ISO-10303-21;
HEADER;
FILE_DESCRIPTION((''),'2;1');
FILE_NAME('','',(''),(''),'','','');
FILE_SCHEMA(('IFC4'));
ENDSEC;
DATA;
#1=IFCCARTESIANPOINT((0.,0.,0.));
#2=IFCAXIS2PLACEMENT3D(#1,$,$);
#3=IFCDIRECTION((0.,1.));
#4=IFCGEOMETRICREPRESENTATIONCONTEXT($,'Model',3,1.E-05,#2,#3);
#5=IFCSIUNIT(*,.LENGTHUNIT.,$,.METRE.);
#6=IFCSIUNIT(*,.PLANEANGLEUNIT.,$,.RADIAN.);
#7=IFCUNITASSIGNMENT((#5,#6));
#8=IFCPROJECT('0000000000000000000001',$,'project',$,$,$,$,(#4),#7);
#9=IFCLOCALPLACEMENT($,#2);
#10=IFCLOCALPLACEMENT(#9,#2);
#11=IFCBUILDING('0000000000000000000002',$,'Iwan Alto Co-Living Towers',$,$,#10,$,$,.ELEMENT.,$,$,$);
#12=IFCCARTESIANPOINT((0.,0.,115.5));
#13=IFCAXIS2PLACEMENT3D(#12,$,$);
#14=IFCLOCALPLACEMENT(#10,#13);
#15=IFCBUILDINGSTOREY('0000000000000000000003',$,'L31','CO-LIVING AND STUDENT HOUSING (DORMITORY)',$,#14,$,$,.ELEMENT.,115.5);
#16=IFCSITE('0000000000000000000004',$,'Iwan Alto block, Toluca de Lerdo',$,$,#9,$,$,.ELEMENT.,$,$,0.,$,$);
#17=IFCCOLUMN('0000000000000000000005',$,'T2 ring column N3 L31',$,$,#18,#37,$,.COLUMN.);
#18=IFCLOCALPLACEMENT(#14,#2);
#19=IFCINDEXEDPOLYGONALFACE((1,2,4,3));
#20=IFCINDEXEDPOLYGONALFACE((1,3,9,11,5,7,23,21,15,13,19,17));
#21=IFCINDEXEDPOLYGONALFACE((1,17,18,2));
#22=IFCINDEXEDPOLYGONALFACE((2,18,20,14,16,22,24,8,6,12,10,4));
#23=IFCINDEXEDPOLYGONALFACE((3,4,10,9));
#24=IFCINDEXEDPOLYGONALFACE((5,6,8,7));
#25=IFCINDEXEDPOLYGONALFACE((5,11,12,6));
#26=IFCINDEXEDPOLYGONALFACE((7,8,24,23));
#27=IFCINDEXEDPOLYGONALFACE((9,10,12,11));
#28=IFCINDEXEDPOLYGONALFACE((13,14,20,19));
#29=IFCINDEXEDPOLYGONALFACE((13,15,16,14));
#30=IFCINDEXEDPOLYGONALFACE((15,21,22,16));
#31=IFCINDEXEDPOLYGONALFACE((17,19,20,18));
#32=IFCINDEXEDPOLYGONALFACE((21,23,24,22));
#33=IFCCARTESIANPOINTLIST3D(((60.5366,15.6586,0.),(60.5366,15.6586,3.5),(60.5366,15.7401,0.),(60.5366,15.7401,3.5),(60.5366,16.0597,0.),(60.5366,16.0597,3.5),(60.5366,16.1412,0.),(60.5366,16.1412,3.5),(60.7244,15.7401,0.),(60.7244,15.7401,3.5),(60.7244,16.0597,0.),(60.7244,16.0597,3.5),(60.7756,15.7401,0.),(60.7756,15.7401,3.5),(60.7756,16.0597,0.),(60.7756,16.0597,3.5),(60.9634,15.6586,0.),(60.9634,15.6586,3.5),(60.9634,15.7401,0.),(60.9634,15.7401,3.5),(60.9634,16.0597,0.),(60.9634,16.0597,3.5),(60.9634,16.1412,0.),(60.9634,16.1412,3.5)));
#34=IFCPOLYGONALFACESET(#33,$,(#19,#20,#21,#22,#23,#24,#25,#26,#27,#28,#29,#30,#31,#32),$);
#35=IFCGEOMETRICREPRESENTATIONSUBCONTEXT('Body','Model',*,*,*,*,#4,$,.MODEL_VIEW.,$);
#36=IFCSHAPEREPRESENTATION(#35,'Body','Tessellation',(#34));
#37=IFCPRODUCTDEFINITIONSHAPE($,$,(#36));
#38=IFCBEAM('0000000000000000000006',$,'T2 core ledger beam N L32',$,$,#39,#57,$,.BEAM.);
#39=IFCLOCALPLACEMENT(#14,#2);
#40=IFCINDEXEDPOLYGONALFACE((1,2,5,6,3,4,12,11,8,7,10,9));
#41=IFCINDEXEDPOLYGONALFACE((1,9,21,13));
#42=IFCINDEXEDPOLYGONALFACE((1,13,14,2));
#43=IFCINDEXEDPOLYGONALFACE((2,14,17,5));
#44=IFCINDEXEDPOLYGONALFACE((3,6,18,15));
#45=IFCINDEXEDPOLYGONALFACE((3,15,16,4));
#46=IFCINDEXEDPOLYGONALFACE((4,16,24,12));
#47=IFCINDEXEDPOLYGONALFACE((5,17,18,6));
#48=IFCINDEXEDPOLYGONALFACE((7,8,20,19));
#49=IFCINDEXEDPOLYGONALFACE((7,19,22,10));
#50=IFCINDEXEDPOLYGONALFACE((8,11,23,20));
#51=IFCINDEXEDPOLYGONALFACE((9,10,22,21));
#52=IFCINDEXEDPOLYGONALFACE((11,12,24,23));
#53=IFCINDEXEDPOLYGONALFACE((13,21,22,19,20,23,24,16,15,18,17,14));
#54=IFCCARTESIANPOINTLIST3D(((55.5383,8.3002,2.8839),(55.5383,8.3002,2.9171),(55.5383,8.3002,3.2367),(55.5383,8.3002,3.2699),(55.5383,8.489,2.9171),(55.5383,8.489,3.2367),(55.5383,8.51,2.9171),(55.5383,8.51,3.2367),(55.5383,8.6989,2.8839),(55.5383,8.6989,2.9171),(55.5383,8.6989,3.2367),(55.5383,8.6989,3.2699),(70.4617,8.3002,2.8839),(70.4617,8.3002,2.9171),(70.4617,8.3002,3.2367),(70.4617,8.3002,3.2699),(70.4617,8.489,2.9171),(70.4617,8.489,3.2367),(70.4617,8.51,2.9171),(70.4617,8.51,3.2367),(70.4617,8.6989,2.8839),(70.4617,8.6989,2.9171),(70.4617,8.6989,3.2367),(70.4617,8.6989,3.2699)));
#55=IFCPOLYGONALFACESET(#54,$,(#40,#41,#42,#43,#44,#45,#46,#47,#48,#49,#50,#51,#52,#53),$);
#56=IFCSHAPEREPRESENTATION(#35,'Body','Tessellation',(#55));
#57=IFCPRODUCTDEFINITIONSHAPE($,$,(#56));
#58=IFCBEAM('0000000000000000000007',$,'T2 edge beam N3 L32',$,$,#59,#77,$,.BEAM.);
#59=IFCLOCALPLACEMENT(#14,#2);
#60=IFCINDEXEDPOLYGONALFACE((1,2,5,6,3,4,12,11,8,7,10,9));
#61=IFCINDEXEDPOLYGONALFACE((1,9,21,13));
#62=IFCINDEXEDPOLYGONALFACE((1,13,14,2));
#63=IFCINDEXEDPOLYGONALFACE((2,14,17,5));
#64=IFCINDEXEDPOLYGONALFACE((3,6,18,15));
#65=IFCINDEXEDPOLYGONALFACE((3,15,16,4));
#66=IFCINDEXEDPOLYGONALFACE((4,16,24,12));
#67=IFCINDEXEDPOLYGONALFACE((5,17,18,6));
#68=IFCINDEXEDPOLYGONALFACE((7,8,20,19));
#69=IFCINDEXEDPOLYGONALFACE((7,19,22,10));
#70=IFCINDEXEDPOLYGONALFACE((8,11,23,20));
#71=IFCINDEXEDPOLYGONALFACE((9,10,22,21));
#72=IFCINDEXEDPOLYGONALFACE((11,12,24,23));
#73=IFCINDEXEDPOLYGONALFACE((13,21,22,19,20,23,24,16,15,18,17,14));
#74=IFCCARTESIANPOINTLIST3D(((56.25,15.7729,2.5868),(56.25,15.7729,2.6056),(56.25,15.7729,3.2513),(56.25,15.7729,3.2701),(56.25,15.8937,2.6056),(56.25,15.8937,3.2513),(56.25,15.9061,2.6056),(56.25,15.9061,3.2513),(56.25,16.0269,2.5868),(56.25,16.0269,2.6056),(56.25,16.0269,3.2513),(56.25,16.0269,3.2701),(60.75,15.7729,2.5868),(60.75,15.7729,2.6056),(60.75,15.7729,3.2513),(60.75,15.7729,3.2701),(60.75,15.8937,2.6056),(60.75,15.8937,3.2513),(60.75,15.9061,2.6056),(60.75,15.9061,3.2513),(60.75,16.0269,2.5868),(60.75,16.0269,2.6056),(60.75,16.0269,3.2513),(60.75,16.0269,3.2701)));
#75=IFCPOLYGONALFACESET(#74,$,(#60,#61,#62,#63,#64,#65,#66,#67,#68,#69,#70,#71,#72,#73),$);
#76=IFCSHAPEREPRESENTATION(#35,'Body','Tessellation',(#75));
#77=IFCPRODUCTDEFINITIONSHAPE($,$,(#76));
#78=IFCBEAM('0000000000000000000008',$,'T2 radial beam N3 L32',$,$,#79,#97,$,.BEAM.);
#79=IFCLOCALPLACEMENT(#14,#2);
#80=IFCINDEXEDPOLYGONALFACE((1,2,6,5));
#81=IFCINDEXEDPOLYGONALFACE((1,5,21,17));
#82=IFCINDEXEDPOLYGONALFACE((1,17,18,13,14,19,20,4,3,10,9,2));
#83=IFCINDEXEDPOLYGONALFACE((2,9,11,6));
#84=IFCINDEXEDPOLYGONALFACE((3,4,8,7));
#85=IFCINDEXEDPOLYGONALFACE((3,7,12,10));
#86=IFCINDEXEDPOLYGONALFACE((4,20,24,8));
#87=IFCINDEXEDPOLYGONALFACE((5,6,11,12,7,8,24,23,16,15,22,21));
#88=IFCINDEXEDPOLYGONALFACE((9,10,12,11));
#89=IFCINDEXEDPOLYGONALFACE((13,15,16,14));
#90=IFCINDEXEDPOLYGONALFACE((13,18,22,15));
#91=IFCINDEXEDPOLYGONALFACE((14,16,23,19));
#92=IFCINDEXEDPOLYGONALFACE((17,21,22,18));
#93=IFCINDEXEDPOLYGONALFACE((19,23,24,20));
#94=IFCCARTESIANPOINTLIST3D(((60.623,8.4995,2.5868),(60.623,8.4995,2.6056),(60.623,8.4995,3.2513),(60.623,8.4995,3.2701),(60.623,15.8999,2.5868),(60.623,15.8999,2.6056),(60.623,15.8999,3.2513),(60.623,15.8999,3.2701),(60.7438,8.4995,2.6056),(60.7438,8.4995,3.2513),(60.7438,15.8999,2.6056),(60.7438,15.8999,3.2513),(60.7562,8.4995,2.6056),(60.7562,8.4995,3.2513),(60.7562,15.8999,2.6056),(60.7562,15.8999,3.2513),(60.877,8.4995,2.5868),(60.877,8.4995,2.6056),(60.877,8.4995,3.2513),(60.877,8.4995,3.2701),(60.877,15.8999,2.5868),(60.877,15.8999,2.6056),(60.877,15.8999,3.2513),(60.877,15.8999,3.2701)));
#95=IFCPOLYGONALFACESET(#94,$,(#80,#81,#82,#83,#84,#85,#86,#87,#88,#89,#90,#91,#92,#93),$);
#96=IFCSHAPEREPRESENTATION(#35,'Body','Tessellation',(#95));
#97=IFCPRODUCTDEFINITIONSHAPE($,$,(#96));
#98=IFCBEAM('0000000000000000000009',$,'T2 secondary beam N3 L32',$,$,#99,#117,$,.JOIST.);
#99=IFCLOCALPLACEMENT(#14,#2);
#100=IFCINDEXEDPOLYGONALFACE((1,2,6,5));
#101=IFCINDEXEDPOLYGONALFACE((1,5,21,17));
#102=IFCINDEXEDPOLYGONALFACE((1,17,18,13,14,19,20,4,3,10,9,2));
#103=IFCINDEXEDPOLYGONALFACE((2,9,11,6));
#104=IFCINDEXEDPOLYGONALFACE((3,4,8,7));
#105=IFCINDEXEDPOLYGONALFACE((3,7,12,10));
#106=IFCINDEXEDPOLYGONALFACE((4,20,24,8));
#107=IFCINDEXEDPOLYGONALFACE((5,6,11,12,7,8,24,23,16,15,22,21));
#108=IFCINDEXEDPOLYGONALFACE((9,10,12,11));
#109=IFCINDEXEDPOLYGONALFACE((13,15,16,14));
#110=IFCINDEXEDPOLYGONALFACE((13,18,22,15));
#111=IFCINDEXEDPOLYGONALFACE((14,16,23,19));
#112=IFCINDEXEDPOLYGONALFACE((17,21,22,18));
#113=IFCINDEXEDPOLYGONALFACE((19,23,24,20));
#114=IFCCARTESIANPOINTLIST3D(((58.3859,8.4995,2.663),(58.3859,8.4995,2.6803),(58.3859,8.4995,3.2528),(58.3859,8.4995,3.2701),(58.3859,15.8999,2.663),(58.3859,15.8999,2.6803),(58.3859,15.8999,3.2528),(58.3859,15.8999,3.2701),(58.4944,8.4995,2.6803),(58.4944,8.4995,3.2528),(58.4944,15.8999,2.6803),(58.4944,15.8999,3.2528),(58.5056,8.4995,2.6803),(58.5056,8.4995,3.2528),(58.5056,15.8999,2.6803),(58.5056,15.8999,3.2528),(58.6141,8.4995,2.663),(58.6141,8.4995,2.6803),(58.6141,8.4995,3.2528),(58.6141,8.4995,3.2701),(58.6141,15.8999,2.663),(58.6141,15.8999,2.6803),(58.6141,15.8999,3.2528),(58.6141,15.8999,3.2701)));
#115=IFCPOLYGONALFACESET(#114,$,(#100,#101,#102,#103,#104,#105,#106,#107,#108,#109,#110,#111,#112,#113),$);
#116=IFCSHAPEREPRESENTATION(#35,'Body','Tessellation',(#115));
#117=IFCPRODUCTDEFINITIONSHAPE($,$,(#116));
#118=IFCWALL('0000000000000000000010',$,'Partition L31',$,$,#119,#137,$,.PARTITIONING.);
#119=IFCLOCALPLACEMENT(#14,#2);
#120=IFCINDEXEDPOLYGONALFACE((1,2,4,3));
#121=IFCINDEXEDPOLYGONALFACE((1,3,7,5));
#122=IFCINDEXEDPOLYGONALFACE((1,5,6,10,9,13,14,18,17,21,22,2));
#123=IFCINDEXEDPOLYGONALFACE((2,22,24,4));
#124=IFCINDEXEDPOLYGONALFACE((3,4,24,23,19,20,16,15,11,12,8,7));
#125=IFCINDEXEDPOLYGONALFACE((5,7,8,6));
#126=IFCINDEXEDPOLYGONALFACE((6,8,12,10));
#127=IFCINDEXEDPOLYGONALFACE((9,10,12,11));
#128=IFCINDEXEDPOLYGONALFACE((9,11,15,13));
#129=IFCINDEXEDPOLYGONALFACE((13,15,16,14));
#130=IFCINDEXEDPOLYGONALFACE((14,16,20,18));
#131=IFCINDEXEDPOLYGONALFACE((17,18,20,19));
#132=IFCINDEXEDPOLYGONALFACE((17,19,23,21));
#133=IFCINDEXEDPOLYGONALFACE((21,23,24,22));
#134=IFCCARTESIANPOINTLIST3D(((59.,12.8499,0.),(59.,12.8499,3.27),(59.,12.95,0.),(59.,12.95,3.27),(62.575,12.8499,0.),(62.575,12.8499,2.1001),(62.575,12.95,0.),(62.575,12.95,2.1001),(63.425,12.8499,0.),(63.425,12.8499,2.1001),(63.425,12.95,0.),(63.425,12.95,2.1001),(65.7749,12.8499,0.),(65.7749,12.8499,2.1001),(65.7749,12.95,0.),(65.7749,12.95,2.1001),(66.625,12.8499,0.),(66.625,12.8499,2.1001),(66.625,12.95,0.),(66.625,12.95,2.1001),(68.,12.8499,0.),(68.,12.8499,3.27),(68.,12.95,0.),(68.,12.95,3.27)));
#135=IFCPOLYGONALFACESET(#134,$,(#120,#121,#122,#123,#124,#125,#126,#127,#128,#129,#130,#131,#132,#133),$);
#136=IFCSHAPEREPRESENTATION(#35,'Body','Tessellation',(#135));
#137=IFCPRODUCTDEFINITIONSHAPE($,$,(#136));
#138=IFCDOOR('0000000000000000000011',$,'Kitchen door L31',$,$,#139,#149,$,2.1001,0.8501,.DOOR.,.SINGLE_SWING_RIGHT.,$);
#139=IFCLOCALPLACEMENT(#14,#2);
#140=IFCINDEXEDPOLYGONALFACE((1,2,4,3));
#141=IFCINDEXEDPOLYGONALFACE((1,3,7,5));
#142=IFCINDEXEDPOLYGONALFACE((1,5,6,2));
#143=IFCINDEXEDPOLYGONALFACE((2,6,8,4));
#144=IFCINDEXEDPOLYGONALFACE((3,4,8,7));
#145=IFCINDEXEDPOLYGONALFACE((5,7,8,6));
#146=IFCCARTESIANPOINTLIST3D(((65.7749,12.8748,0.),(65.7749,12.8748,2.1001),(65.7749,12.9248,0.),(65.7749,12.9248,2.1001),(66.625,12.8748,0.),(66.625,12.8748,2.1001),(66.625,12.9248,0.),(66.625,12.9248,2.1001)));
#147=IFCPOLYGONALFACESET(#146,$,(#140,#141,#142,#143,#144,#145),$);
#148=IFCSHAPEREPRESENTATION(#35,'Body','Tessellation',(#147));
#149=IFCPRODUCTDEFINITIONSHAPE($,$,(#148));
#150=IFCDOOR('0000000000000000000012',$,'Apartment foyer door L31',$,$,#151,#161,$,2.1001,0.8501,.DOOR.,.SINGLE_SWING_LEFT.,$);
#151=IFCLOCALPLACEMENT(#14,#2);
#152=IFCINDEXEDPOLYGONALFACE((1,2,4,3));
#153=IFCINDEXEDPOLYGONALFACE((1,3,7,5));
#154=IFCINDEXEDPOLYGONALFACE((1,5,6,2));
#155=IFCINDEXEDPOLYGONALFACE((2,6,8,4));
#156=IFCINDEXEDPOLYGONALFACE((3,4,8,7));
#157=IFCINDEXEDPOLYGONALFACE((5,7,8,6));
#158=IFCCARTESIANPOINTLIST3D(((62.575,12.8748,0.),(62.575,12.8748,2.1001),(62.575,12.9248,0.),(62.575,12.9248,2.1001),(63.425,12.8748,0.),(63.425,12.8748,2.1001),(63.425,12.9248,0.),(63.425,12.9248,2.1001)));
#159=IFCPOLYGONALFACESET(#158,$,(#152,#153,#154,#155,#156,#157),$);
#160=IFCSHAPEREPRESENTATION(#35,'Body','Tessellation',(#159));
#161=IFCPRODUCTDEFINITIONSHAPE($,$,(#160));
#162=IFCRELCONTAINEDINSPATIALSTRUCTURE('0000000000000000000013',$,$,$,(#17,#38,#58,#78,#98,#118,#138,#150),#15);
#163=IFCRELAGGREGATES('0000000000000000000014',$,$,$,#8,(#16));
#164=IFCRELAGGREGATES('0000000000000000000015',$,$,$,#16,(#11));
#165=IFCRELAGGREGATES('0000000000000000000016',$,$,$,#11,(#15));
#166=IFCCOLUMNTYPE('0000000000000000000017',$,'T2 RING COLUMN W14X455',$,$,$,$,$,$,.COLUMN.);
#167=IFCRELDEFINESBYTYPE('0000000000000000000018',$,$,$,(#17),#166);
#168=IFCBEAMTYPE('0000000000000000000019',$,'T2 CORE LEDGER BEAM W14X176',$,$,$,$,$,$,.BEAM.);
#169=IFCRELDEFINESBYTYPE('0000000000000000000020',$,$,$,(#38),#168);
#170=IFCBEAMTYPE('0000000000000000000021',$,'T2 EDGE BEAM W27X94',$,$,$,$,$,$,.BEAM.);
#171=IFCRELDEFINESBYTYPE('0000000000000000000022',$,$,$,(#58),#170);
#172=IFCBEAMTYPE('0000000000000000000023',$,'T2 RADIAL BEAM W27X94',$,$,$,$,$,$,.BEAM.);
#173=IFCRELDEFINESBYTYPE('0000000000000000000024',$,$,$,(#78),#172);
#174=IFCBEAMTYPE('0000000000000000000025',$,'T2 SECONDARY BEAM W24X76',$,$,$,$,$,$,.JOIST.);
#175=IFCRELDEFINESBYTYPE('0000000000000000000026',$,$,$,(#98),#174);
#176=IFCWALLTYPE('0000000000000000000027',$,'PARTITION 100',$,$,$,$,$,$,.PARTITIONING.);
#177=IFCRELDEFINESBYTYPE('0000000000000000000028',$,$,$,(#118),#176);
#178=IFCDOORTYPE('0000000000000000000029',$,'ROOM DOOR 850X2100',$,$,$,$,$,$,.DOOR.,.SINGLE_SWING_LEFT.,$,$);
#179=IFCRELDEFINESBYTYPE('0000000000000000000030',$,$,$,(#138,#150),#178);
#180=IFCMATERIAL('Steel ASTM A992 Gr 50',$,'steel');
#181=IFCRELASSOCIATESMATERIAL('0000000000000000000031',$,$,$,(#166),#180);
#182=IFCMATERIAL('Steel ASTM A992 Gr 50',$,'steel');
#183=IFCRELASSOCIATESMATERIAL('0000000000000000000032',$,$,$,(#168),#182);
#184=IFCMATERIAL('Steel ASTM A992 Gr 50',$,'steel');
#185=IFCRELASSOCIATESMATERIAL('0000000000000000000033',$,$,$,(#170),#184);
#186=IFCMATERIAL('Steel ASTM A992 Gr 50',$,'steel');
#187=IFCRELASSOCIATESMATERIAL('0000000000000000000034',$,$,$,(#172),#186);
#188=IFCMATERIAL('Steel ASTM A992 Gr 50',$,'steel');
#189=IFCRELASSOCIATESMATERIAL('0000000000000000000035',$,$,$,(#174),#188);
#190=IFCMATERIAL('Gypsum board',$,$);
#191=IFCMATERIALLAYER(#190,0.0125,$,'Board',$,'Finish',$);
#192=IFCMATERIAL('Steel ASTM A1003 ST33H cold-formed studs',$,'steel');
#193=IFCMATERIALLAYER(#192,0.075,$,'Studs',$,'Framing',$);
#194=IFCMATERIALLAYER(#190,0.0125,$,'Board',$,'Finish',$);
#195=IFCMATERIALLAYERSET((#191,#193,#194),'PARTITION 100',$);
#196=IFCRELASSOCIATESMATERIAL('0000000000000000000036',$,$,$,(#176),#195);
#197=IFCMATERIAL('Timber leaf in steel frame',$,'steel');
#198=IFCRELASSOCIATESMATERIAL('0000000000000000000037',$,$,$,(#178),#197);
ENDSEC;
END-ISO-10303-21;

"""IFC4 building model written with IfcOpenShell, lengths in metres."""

from ifc_helpers import new_model, si_unit, direction, frame, frame_2d, origin, origin_2d, place, context, subcontext, project, spatial, rectangle, i_section, extrude, material, layer, layer_set, material_profile, profile_set, type_object, element, fill, save


model = new_model("IFC4")

# Units and contexts
model_context = context("Model", 3, precision=1e-05, world=origin(), true_north=direction((0.0, 1.0)))
body_context = subcontext(model_context, "Body", "Model", "MODEL_VIEW")
ifc_project = project(units=[si_unit("LENGTHUNIT", "METRE"), si_unit("PLANEANGLEUNIT", "RADIAN")], contexts=[model_context])

# Site, building, storey
site_placement = place(None, origin())
site = spatial("IfcSite", under=ifc_project, at=site_placement, Name="Iwan Alto block, Toluca de Lerdo", CompositionType="ELEMENT", RefElevation=0.0)
building_placement = place(site_placement, origin())
building = spatial("IfcBuilding", under=site, at=building_placement, Name="Iwan Alto Co-Living Towers", CompositionType="ELEMENT")
storey_placement = place(building_placement, frame((0.0, 0.0, 115.5)))
storey = spatial("IfcBuildingStorey", under=building, at=storey_placement, Name="L31", Description="CO-LIVING AND STUDENT HOUSING (DORMITORY)", CompositionType="ELEMENT", Elevation=115.5)

# Column
ifc_material_1 = material(Name="Steel ASTM A992 Gr 50", Category="steel")
ifc_material_profile_1 = material_profile(ifc_material_1, i_section(OverallWidth=0.4268, OverallDepth=0.4827, WebThickness=0.0513, FlangeThickness=0.0815, at=origin_2d()), Name="W14X455")
ifc_profile_set_1 = profile_set([ifc_material_profile_1], Name="Steel ASTM A992 Gr 50")
column_type = type_object("IfcColumnType", Name="T2 RING COLUMN W14X455", PredefinedType="COLUMN", material=ifc_profile_set_1)
column_placement = place(storey_placement, frame((60.75, 15.8999, 0.0), z_axis=(0.0, 0.0, 1.0), x_axis=(1.0, 0.0, 0.0)))
element("IfcColumn", 1, at=column_placement, inside=storey, type_object=column_type, Name="T2 ring column N3 L31", PredefinedType="COLUMN", context=body_context, shape_type="SweptSolid", body=[
    extrude(i_section(OverallWidth=0.4268, OverallDepth=0.4827, WebThickness=0.0513, FlangeThickness=0.0815, at=origin_2d()), origin(), (0.0, 0.0, 1.0), 3.5),
])

# Beams
ifc_material_2 = material(Name="Steel ASTM A992 Gr 50", Category="steel")
ifc_material_profile_2 = material_profile(ifc_material_2, i_section(OverallWidth=0.3987, OverallDepth=0.386, WebThickness=0.021, FlangeThickness=0.0332, at=origin_2d()), Name="W14X176")
ifc_profile_set_2 = profile_set([ifc_material_profile_2], Name="Steel ASTM A992 Gr 50")
beam_type_1 = type_object("IfcBeamType", Name="T2 CORE LEDGER BEAM W14X176", PredefinedType="BEAM", material=ifc_profile_set_2)
beam_1_placement = place(storey_placement, frame((70.4617, 8.4995, 3.0769), z_axis=(-1.0, 0.0, 0.0), x_axis=(0.0, -1.0, 0.0)))
element("IfcBeam", 2, at=beam_1_placement, inside=storey, type_object=beam_type_1, Name="T2 core ledger beam N L32", PredefinedType="BEAM", context=body_context, shape_type="SweptSolid", body=[
    extrude(i_section(OverallWidth=0.3987, OverallDepth=0.386, WebThickness=0.021, FlangeThickness=0.0332, at=origin_2d()), origin(), (0.0, 0.0, 1.0), 14.9233),
])
ifc_material_3 = material(Name="Steel ASTM A992 Gr 50", Category="steel")
ifc_material_profile_3 = material_profile(ifc_material_3, i_section(OverallWidth=0.2539, OverallDepth=0.6833, WebThickness=0.0125, FlangeThickness=0.0188, at=origin_2d()), Name="W27X94")
ifc_profile_set_3 = profile_set([ifc_material_profile_3], Name="Steel ASTM A992 Gr 50")
beam_type_2 = type_object("IfcBeamType", Name="T2 EDGE BEAM W27X94", PredefinedType="BEAM", material=ifc_profile_set_3)
beam_2_placement = place(storey_placement, frame((60.75, 15.8999, 2.9285), z_axis=(-1.0, 0.0, 0.0), x_axis=(0.0, -1.0, 0.0)))
element("IfcBeam", 3, at=beam_2_placement, inside=storey, type_object=beam_type_2, Name="T2 edge beam N3 L32", PredefinedType="BEAM", context=body_context, shape_type="SweptSolid", body=[
    extrude(i_section(OverallWidth=0.2539, OverallDepth=0.6833, WebThickness=0.0125, FlangeThickness=0.0188, at=origin_2d()), origin(), (0.0, 0.0, 1.0), 4.5),
])
ifc_material_4 = material(Name="Steel ASTM A992 Gr 50", Category="steel")
ifc_material_profile_4 = material_profile(ifc_material_4, i_section(OverallWidth=0.2539, OverallDepth=0.6833, WebThickness=0.0125, FlangeThickness=0.0188, at=origin_2d()), Name="W27X94")
ifc_profile_set_4 = profile_set([ifc_material_profile_4], Name="Steel ASTM A992 Gr 50")
beam_type_3 = type_object("IfcBeamType", Name="T2 RADIAL BEAM W27X94", PredefinedType="BEAM", material=ifc_profile_set_4)
beam_3_placement = place(storey_placement, frame((60.75, 15.8999, 2.9285), z_axis=(0.0, -1.0, 0.0), x_axis=(1.0, 0.0, 0.0)))
element("IfcBeam", 4, at=beam_3_placement, inside=storey, type_object=beam_type_3, Name="T2 radial beam N3 L32", PredefinedType="BEAM", context=body_context, shape_type="SweptSolid", body=[
    extrude(i_section(OverallWidth=0.2539, OverallDepth=0.6833, WebThickness=0.0125, FlangeThickness=0.0188, at=origin_2d()), origin(), (0.0, 0.0, 1.0), 7.4004),
])
ifc_material_5 = material(Name="Steel ASTM A992 Gr 50", Category="steel")
ifc_material_profile_5 = material_profile(ifc_material_5, i_section(OverallWidth=0.2283, OverallDepth=0.6072, WebThickness=0.0112, FlangeThickness=0.0173, at=origin_2d()), Name="W24X76")
ifc_profile_set_5 = profile_set([ifc_material_profile_5], Name="Steel ASTM A992 Gr 50")
beam_type_4 = type_object("IfcBeamType", Name="T2 SECONDARY BEAM W24X76", PredefinedType="JOIST", material=ifc_profile_set_5)
beam_4_placement = place(storey_placement, frame((58.5, 15.8999, 2.9666), z_axis=(0.0, -1.0, 0.0), x_axis=(1.0, 0.0, 0.0)))
element("IfcBeam", 5, at=beam_4_placement, inside=storey, type_object=beam_type_4, Name="T2 secondary beam N3 L32", PredefinedType="JOIST", context=body_context, shape_type="SweptSolid", body=[
    extrude(i_section(OverallWidth=0.2283, OverallDepth=0.6072, WebThickness=0.0112, FlangeThickness=0.0173, at=origin_2d()), origin(), (0.0, 0.0, 1.0), 7.4004),
])

# Wall, openings, doors
ifc_material_6 = material(Name="Gypsum board")
ifc_layer_1 = layer(ifc_material_6, 0.0125, Name="Board", Category="Finish")
ifc_material_7 = material(Name="Steel ASTM A1003 ST33H cold-formed studs", Category="steel")
ifc_layer_2 = layer(ifc_material_7, 0.075, Name="Studs", Category="Framing")
ifc_layer_3 = layer(ifc_material_6, 0.0125, Name="Board", Category="Finish")
ifc_layer_set_1 = layer_set([ifc_layer_1, ifc_layer_2, ifc_layer_3], Name="PARTITION 100")
wall_type_1 = type_object("IfcWallType", Name="PARTITION 100", PredefinedType="PARTITIONING", material=ifc_layer_set_1)
wall_1_placement = place(storey_placement, frame((59.0, 12.8999, 0.0), z_axis=(0.0, 0.0, 1.0), x_axis=(1.0, 0.0, 0.0)))
wall_1 = element("IfcWall", 6, at=wall_1_placement, inside=storey, type_object=wall_type_1, Name="Partition L31", PredefinedType="PARTITIONING", context=body_context, shape_type="SweptSolid", body=[
    extrude(rectangle(XDim=9.0, YDim=0.1001, at=frame_2d((4.5, 0.0))), origin(), (0.0, 0.0, 1.0), 3.27),
])
opening_1_placement = place(wall_1_placement, frame((6.7749, 0.0, 0.0)))
opening_1 = element("IfcOpeningElement", 7, at=opening_1_placement, cuts=wall_1, PredefinedType="OPENING", context=body_context, shape_type="SweptSolid", body=[
    extrude(rectangle(XDim=0.8501, YDim=2.1001, at=frame_2d((0.425, 1.05))), frame((0.0, 0.0601, 0.0), z_axis=(0.0, -1.0, 0.0), x_axis=(1.0, 0.0, 0.0)), (0.0, 0.0, 1.0), 0.1201),
])
opening_2_placement = place(wall_1_placement, frame((3.575, 0.0, 0.0)))
opening_2 = element("IfcOpeningElement", 8, at=opening_2_placement, cuts=wall_1, PredefinedType="OPENING", context=body_context, shape_type="SweptSolid", body=[
    extrude(rectangle(XDim=0.8501, YDim=2.1001, at=frame_2d((0.425, 1.05))), frame((0.0, 0.0601, 0.0), z_axis=(0.0, -1.0, 0.0), x_axis=(1.0, 0.0, 0.0)), (0.0, 0.0, 1.0), 0.1201),
])
ifc_material_8 = material(Name="Timber leaf in steel frame", Category="steel")
door_type_1 = type_object("IfcDoorType", Name="ROOM DOOR 850X2100", OperationType="SINGLE_SWING_LEFT", PredefinedType="DOOR", material=ifc_material_8)
door_1_placement = place(opening_1_placement, origin())
door_1 = element("IfcDoor", 9, at=door_1_placement, inside=storey, type_object=door_type_1, Name="Kitchen door L31", OperationType="SINGLE_SWING_RIGHT", OverallHeight=2.1001, OverallWidth=0.8501, PredefinedType="DOOR", context=body_context, shape_type="SweptSolid", body=[
    extrude(rectangle(XDim=0.8501, YDim=2.1001, at=frame_2d((0.425, 1.05))), frame((0.0, 0.0249, 0.0), z_axis=(0.0, -1.0, 0.0), x_axis=(1.0, 0.0, 0.0)), (0.0, 0.0, 1.0), 0.05),
])
fill(opening_1, door_1)
door_2_placement = place(opening_2_placement, origin())
door_2 = element("IfcDoor", 10, at=door_2_placement, inside=storey, type_object=door_type_1, Name="Apartment foyer door L31", OperationType="SINGLE_SWING_LEFT", OverallHeight=2.1001, OverallWidth=0.8501, PredefinedType="DOOR", context=body_context, shape_type="SweptSolid", body=[
    extrude(rectangle(XDim=0.8501, YDim=2.1001, at=frame_2d((0.425, 1.05))), frame((0.0, 0.0249, 0.0), z_axis=(0.0, -1.0, 0.0), x_axis=(1.0, 0.0, 0.0)), (0.0, 0.0, 1.0), 0.05),
])
fill(opening_2, door_2)

save(model, "model.ifc")
